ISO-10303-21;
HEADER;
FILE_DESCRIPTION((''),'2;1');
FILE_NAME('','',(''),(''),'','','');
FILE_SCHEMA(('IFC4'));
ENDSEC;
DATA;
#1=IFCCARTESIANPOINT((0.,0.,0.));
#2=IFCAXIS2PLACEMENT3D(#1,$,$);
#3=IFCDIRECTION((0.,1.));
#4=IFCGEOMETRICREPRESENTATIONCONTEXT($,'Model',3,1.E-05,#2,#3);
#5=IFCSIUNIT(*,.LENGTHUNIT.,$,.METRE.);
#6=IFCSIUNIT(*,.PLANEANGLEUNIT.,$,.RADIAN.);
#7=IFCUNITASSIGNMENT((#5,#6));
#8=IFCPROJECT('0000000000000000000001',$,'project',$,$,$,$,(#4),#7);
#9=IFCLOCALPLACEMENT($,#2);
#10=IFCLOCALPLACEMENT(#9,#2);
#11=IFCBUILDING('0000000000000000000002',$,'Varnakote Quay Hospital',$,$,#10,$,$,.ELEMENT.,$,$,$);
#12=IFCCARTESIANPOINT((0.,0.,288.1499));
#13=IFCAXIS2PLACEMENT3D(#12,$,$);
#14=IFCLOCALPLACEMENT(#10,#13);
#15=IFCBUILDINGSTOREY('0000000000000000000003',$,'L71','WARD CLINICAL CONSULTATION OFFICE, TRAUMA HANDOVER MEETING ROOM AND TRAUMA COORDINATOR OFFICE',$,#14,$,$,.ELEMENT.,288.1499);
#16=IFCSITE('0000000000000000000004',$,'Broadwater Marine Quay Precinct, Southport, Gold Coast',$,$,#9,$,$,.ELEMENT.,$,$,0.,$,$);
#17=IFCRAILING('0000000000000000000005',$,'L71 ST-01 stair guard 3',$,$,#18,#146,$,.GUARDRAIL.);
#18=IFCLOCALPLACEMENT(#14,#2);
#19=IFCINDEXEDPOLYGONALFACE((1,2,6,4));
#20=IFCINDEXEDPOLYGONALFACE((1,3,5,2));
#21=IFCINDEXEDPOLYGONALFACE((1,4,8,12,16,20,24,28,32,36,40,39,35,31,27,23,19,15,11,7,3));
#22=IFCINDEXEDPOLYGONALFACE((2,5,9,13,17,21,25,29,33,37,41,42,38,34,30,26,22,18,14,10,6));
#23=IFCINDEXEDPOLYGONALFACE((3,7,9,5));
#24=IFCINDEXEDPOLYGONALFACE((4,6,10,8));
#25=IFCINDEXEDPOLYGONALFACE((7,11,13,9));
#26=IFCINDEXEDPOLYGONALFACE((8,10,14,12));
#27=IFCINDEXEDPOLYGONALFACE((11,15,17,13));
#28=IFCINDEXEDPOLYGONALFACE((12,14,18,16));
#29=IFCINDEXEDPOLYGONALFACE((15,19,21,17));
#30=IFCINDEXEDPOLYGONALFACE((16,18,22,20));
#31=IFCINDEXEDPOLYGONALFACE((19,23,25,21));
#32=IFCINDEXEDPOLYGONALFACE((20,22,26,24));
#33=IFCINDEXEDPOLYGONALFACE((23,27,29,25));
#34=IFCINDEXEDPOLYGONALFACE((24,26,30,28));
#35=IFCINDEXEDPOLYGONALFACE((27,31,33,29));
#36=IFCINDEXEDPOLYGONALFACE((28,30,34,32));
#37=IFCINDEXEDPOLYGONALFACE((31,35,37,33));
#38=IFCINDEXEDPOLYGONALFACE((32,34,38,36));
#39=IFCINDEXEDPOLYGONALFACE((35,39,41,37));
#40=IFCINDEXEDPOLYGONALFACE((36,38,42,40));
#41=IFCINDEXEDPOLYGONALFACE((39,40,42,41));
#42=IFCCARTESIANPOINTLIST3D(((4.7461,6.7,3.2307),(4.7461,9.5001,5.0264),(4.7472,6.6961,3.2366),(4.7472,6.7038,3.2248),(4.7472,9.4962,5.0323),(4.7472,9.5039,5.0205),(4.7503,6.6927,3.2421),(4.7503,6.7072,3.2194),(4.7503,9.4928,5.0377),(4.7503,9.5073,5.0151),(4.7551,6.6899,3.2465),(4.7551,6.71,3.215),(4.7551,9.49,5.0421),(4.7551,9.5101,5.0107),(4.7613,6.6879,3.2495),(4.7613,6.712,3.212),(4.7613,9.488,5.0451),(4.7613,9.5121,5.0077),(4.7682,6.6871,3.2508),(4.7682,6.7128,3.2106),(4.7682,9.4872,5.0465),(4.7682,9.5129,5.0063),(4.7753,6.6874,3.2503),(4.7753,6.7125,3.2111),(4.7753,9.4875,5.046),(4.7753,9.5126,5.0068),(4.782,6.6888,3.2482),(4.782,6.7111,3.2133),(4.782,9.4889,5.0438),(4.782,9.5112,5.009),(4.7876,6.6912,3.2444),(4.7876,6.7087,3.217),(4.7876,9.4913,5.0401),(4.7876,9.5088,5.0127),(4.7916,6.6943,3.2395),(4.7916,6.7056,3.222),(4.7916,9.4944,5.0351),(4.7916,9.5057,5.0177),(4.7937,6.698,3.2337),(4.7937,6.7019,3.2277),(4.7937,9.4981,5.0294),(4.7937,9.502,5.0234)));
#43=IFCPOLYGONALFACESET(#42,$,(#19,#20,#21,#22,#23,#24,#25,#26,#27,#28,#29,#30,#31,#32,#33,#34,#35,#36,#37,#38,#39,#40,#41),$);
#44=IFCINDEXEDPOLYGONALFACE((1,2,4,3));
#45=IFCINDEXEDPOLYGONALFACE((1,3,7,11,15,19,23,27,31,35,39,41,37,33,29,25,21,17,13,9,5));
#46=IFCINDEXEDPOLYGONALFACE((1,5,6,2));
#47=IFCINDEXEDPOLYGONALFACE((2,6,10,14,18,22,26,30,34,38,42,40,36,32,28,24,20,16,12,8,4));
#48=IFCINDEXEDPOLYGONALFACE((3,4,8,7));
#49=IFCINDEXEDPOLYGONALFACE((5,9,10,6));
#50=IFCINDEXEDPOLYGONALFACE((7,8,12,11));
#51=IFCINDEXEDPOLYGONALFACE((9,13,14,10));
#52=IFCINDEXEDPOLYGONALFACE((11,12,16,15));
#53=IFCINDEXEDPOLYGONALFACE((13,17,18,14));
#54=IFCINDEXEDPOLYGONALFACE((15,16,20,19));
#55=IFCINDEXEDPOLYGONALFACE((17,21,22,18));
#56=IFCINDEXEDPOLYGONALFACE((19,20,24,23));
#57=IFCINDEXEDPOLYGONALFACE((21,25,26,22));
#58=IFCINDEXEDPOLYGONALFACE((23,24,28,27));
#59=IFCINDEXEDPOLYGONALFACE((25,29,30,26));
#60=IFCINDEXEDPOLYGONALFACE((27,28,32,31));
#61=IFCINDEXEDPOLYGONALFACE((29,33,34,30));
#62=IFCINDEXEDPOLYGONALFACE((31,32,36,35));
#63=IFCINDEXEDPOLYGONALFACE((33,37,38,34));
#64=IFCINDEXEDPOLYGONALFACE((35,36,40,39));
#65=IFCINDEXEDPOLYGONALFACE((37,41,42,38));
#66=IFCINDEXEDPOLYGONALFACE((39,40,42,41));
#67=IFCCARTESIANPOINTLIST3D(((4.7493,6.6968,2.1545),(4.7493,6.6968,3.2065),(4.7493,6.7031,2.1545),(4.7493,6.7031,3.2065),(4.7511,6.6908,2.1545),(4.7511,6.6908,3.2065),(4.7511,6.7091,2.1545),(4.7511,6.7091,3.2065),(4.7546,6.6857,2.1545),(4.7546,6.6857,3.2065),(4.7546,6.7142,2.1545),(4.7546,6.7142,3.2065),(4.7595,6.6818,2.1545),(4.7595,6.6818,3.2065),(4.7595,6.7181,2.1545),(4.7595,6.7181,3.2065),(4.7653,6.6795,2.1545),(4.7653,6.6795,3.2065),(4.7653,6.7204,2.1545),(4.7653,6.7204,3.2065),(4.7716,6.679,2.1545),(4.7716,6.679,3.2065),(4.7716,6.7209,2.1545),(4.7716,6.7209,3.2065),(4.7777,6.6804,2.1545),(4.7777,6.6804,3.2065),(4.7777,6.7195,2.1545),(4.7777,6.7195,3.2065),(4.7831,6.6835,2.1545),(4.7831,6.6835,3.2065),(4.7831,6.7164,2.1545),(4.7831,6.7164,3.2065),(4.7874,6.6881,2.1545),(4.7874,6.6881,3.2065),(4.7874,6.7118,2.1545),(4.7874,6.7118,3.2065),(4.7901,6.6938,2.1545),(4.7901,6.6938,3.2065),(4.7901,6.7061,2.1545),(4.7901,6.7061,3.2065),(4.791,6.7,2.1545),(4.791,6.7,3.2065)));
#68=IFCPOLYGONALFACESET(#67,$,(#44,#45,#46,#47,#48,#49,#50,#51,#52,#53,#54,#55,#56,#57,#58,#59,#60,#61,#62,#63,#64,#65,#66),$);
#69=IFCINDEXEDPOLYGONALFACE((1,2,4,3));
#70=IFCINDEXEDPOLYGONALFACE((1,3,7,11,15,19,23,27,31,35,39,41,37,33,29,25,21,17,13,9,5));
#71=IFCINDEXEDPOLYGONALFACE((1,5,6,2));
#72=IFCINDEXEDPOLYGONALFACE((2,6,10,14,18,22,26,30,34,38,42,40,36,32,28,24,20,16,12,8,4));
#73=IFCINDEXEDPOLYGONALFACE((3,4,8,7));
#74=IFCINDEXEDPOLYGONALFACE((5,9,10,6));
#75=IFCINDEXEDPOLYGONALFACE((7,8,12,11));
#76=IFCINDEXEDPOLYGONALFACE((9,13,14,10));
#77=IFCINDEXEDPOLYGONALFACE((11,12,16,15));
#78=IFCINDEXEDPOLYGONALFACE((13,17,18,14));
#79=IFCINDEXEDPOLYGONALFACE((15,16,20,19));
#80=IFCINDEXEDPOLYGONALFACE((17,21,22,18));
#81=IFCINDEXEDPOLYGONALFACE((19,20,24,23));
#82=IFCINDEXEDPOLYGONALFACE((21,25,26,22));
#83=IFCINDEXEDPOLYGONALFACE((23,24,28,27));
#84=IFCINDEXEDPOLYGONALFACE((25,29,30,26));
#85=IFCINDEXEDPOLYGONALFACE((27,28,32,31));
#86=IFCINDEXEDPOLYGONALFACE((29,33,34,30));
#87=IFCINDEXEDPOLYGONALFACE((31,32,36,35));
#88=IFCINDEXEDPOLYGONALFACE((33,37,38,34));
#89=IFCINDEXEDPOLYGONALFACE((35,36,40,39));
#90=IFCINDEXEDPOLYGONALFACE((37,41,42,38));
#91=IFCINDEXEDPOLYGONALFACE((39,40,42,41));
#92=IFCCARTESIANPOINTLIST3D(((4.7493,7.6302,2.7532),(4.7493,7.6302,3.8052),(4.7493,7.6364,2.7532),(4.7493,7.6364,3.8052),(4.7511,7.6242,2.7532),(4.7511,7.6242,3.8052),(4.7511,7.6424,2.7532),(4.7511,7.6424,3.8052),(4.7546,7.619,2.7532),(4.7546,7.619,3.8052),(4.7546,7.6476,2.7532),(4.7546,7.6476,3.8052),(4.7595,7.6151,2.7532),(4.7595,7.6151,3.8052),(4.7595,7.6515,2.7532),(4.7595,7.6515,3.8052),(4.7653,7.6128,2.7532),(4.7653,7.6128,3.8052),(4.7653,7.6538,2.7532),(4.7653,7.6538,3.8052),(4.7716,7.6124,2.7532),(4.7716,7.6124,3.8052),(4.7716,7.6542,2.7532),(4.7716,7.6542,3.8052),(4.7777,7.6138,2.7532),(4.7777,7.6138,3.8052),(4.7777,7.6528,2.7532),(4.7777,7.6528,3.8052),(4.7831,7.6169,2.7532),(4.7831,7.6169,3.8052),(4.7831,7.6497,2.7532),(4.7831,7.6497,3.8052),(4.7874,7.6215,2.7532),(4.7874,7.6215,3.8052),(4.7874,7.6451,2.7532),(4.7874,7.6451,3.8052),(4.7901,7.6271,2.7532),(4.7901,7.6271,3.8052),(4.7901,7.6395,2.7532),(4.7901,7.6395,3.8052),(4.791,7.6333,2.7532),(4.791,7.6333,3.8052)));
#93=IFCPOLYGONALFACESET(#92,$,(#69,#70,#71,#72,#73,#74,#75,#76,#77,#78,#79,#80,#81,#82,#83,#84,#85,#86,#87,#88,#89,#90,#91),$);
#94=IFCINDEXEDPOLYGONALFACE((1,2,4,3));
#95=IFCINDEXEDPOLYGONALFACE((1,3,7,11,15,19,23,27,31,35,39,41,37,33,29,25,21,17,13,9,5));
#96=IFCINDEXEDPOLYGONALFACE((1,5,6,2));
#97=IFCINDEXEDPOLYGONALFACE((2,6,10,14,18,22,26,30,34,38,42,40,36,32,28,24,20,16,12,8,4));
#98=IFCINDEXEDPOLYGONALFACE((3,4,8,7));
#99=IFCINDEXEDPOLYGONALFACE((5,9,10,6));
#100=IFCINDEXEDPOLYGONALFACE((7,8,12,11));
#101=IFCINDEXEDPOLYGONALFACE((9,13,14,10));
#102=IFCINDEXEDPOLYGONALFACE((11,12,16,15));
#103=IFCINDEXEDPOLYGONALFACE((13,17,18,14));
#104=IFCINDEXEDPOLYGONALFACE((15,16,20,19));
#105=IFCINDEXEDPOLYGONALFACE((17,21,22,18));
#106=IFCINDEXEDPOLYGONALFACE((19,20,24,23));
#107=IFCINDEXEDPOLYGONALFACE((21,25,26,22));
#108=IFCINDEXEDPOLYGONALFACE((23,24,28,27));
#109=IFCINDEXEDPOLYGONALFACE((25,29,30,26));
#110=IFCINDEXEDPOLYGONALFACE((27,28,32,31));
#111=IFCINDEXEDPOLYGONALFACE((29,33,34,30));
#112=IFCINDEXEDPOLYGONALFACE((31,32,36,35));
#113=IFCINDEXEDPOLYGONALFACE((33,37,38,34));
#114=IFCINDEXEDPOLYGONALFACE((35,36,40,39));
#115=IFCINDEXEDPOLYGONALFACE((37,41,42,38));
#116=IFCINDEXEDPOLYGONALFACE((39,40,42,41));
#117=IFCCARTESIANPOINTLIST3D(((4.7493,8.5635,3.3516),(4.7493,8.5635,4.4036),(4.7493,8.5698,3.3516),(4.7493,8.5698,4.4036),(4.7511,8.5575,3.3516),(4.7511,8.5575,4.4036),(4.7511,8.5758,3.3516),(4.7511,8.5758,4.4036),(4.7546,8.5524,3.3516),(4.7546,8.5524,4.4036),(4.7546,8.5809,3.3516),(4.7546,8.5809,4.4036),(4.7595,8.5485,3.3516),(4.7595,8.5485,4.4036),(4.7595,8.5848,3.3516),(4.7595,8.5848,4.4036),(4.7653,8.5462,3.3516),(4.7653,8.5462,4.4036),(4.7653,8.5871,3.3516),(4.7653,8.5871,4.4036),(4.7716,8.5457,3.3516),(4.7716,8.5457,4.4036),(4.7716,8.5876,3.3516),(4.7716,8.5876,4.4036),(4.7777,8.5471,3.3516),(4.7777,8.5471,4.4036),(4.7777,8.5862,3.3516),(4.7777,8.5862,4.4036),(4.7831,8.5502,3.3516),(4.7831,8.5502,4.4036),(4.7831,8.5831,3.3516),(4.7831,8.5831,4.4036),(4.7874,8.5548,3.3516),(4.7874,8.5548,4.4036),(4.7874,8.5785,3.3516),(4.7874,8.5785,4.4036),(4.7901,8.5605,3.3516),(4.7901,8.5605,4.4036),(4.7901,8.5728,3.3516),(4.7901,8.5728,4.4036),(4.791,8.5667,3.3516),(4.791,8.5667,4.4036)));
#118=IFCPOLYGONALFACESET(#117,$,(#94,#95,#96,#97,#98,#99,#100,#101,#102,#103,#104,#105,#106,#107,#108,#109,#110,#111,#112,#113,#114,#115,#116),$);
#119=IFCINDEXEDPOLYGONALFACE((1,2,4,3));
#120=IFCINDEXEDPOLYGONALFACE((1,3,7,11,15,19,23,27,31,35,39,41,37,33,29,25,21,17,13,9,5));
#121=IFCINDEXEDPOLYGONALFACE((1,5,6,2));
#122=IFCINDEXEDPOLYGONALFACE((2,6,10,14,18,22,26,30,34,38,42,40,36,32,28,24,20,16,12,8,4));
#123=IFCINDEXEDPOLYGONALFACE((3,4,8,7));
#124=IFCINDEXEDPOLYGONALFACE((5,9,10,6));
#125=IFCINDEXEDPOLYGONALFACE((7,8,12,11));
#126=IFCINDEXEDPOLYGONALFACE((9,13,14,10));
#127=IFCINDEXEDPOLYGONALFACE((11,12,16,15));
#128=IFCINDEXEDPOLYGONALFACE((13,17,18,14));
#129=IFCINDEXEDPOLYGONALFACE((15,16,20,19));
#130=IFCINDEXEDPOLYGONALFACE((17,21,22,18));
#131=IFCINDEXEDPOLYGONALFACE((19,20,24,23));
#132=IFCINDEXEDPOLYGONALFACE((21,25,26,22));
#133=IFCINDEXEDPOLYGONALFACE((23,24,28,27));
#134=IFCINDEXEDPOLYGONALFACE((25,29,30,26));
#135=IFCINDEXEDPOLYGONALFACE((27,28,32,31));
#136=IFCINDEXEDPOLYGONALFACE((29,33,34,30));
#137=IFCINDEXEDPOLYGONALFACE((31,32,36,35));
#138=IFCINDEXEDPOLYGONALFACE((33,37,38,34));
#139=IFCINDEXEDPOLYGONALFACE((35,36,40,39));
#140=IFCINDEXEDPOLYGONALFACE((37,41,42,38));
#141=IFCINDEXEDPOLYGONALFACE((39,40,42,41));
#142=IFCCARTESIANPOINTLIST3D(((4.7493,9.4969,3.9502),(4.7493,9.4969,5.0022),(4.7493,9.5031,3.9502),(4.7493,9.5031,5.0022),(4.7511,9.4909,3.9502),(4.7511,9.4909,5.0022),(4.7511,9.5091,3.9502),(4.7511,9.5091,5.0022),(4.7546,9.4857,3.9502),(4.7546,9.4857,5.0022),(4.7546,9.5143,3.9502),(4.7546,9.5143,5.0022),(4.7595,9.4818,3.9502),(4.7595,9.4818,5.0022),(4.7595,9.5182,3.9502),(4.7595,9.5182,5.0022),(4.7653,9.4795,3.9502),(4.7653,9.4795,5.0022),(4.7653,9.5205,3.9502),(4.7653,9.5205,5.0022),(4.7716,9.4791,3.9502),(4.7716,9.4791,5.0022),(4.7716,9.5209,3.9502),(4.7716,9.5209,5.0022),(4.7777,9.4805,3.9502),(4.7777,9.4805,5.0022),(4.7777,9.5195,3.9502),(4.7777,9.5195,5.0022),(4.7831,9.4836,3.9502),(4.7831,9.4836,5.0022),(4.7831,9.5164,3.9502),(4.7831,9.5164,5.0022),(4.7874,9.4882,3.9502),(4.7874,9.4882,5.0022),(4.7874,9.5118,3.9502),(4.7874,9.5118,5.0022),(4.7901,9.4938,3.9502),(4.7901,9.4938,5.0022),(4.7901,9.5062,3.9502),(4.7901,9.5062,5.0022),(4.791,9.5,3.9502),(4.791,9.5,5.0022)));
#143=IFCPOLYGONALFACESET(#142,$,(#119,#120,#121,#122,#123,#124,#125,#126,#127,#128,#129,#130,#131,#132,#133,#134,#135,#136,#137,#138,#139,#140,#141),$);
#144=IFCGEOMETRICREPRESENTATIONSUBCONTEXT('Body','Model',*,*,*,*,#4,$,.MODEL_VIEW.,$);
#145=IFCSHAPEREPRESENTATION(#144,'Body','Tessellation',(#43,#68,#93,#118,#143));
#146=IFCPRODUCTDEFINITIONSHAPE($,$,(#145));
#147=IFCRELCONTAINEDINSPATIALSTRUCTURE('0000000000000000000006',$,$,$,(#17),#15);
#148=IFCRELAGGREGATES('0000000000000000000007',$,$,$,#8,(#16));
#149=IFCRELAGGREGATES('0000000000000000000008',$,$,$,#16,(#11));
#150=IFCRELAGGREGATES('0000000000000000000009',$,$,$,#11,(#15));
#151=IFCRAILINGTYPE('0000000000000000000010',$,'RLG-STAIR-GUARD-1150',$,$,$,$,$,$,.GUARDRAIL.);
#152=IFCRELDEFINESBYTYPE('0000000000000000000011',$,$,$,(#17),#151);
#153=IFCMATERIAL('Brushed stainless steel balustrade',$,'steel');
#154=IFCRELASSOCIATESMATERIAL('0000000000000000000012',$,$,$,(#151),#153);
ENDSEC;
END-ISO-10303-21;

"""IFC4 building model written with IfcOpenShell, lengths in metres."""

from ifc_helpers import new_model, si_unit, direction, frame, origin, origin_2d, place, context, subcontext, project, spatial, circle, extrude, material, type_object, element, save


model = new_model("IFC4")

# Units and contexts
model_context = context("Model", 3, precision=1e-05, world=origin(), true_north=direction((0.0, 1.0)))
body_context = subcontext(model_context, "Body", "Model", "MODEL_VIEW")
ifc_project = project(units=[si_unit("LENGTHUNIT", "METRE"), si_unit("PLANEANGLEUNIT", "RADIAN")], contexts=[model_context])

# Site, building, storey
site_placement = place(None, origin())
site = spatial("IfcSite", under=ifc_project, at=site_placement, Name="Broadwater Marine Quay Precinct, Southport, Gold Coast", CompositionType="ELEMENT", RefElevation=0.0)
building_placement = place(site_placement, origin())
building = spatial("IfcBuilding", under=site, at=building_placement, Name="Varnakote Quay Hospital", CompositionType="ELEMENT")
storey_placement = place(building_placement, frame((0.0, 0.0, 288.1499)))
storey = spatial("IfcBuildingStorey", under=building, at=storey_placement, Name="L71", Description="WARD CLINICAL CONSULTATION OFFICE, TRAUMA HANDOVER MEETING ROOM AND TRAUMA COORDINATOR OFFICE", CompositionType="ELEMENT", Elevation=288.1499)

# Railing
ifc_material_1 = material(Name="Brushed stainless steel balustrade", Category="steel")
railing_type_1 = type_object("IfcRailingType", Name="RLG-STAIR-GUARD-1150", PredefinedType="GUARDRAIL", material=ifc_material_1)
railing_1_placement = place(storey_placement, frame((4.77, 6.7, 2.1545)))
element("IfcRailing", 1, at=railing_1_placement, inside=storey, type_object=railing_type_1, Name="L71 ST-01 stair guard 3", PredefinedType="GUARDRAIL", context=body_context, shape_type="SweptSolid", body=[
    extrude(circle(Radius=0.0239, at=origin_2d()), frame((0.0, 0.0, 1.0762), z_axis=(0.0, 0.841777, 0.539826), x_axis=(-1.0, 0.0, 0.0)), (0.0, 0.0, 1.0), 3.3264),
    extrude(circle(Radius=0.021, at=origin_2d()), origin(), (0.0, 0.0, 1.0), 1.052),
    extrude(circle(Radius=0.021, at=origin_2d()), frame((0.0, 0.9333, 0.5986)), (0.0, 0.0, 1.0), 1.052),
    extrude(circle(Radius=0.021, at=origin_2d()), frame((0.0, 1.8667, 1.197)), (0.0, 0.0, 1.0), 1.052),
    extrude(circle(Radius=0.021, at=origin_2d()), frame((0.0, 2.8, 1.7957)), (0.0, 0.0, 1.0), 1.052),
])

save(model, "model.ifc")
